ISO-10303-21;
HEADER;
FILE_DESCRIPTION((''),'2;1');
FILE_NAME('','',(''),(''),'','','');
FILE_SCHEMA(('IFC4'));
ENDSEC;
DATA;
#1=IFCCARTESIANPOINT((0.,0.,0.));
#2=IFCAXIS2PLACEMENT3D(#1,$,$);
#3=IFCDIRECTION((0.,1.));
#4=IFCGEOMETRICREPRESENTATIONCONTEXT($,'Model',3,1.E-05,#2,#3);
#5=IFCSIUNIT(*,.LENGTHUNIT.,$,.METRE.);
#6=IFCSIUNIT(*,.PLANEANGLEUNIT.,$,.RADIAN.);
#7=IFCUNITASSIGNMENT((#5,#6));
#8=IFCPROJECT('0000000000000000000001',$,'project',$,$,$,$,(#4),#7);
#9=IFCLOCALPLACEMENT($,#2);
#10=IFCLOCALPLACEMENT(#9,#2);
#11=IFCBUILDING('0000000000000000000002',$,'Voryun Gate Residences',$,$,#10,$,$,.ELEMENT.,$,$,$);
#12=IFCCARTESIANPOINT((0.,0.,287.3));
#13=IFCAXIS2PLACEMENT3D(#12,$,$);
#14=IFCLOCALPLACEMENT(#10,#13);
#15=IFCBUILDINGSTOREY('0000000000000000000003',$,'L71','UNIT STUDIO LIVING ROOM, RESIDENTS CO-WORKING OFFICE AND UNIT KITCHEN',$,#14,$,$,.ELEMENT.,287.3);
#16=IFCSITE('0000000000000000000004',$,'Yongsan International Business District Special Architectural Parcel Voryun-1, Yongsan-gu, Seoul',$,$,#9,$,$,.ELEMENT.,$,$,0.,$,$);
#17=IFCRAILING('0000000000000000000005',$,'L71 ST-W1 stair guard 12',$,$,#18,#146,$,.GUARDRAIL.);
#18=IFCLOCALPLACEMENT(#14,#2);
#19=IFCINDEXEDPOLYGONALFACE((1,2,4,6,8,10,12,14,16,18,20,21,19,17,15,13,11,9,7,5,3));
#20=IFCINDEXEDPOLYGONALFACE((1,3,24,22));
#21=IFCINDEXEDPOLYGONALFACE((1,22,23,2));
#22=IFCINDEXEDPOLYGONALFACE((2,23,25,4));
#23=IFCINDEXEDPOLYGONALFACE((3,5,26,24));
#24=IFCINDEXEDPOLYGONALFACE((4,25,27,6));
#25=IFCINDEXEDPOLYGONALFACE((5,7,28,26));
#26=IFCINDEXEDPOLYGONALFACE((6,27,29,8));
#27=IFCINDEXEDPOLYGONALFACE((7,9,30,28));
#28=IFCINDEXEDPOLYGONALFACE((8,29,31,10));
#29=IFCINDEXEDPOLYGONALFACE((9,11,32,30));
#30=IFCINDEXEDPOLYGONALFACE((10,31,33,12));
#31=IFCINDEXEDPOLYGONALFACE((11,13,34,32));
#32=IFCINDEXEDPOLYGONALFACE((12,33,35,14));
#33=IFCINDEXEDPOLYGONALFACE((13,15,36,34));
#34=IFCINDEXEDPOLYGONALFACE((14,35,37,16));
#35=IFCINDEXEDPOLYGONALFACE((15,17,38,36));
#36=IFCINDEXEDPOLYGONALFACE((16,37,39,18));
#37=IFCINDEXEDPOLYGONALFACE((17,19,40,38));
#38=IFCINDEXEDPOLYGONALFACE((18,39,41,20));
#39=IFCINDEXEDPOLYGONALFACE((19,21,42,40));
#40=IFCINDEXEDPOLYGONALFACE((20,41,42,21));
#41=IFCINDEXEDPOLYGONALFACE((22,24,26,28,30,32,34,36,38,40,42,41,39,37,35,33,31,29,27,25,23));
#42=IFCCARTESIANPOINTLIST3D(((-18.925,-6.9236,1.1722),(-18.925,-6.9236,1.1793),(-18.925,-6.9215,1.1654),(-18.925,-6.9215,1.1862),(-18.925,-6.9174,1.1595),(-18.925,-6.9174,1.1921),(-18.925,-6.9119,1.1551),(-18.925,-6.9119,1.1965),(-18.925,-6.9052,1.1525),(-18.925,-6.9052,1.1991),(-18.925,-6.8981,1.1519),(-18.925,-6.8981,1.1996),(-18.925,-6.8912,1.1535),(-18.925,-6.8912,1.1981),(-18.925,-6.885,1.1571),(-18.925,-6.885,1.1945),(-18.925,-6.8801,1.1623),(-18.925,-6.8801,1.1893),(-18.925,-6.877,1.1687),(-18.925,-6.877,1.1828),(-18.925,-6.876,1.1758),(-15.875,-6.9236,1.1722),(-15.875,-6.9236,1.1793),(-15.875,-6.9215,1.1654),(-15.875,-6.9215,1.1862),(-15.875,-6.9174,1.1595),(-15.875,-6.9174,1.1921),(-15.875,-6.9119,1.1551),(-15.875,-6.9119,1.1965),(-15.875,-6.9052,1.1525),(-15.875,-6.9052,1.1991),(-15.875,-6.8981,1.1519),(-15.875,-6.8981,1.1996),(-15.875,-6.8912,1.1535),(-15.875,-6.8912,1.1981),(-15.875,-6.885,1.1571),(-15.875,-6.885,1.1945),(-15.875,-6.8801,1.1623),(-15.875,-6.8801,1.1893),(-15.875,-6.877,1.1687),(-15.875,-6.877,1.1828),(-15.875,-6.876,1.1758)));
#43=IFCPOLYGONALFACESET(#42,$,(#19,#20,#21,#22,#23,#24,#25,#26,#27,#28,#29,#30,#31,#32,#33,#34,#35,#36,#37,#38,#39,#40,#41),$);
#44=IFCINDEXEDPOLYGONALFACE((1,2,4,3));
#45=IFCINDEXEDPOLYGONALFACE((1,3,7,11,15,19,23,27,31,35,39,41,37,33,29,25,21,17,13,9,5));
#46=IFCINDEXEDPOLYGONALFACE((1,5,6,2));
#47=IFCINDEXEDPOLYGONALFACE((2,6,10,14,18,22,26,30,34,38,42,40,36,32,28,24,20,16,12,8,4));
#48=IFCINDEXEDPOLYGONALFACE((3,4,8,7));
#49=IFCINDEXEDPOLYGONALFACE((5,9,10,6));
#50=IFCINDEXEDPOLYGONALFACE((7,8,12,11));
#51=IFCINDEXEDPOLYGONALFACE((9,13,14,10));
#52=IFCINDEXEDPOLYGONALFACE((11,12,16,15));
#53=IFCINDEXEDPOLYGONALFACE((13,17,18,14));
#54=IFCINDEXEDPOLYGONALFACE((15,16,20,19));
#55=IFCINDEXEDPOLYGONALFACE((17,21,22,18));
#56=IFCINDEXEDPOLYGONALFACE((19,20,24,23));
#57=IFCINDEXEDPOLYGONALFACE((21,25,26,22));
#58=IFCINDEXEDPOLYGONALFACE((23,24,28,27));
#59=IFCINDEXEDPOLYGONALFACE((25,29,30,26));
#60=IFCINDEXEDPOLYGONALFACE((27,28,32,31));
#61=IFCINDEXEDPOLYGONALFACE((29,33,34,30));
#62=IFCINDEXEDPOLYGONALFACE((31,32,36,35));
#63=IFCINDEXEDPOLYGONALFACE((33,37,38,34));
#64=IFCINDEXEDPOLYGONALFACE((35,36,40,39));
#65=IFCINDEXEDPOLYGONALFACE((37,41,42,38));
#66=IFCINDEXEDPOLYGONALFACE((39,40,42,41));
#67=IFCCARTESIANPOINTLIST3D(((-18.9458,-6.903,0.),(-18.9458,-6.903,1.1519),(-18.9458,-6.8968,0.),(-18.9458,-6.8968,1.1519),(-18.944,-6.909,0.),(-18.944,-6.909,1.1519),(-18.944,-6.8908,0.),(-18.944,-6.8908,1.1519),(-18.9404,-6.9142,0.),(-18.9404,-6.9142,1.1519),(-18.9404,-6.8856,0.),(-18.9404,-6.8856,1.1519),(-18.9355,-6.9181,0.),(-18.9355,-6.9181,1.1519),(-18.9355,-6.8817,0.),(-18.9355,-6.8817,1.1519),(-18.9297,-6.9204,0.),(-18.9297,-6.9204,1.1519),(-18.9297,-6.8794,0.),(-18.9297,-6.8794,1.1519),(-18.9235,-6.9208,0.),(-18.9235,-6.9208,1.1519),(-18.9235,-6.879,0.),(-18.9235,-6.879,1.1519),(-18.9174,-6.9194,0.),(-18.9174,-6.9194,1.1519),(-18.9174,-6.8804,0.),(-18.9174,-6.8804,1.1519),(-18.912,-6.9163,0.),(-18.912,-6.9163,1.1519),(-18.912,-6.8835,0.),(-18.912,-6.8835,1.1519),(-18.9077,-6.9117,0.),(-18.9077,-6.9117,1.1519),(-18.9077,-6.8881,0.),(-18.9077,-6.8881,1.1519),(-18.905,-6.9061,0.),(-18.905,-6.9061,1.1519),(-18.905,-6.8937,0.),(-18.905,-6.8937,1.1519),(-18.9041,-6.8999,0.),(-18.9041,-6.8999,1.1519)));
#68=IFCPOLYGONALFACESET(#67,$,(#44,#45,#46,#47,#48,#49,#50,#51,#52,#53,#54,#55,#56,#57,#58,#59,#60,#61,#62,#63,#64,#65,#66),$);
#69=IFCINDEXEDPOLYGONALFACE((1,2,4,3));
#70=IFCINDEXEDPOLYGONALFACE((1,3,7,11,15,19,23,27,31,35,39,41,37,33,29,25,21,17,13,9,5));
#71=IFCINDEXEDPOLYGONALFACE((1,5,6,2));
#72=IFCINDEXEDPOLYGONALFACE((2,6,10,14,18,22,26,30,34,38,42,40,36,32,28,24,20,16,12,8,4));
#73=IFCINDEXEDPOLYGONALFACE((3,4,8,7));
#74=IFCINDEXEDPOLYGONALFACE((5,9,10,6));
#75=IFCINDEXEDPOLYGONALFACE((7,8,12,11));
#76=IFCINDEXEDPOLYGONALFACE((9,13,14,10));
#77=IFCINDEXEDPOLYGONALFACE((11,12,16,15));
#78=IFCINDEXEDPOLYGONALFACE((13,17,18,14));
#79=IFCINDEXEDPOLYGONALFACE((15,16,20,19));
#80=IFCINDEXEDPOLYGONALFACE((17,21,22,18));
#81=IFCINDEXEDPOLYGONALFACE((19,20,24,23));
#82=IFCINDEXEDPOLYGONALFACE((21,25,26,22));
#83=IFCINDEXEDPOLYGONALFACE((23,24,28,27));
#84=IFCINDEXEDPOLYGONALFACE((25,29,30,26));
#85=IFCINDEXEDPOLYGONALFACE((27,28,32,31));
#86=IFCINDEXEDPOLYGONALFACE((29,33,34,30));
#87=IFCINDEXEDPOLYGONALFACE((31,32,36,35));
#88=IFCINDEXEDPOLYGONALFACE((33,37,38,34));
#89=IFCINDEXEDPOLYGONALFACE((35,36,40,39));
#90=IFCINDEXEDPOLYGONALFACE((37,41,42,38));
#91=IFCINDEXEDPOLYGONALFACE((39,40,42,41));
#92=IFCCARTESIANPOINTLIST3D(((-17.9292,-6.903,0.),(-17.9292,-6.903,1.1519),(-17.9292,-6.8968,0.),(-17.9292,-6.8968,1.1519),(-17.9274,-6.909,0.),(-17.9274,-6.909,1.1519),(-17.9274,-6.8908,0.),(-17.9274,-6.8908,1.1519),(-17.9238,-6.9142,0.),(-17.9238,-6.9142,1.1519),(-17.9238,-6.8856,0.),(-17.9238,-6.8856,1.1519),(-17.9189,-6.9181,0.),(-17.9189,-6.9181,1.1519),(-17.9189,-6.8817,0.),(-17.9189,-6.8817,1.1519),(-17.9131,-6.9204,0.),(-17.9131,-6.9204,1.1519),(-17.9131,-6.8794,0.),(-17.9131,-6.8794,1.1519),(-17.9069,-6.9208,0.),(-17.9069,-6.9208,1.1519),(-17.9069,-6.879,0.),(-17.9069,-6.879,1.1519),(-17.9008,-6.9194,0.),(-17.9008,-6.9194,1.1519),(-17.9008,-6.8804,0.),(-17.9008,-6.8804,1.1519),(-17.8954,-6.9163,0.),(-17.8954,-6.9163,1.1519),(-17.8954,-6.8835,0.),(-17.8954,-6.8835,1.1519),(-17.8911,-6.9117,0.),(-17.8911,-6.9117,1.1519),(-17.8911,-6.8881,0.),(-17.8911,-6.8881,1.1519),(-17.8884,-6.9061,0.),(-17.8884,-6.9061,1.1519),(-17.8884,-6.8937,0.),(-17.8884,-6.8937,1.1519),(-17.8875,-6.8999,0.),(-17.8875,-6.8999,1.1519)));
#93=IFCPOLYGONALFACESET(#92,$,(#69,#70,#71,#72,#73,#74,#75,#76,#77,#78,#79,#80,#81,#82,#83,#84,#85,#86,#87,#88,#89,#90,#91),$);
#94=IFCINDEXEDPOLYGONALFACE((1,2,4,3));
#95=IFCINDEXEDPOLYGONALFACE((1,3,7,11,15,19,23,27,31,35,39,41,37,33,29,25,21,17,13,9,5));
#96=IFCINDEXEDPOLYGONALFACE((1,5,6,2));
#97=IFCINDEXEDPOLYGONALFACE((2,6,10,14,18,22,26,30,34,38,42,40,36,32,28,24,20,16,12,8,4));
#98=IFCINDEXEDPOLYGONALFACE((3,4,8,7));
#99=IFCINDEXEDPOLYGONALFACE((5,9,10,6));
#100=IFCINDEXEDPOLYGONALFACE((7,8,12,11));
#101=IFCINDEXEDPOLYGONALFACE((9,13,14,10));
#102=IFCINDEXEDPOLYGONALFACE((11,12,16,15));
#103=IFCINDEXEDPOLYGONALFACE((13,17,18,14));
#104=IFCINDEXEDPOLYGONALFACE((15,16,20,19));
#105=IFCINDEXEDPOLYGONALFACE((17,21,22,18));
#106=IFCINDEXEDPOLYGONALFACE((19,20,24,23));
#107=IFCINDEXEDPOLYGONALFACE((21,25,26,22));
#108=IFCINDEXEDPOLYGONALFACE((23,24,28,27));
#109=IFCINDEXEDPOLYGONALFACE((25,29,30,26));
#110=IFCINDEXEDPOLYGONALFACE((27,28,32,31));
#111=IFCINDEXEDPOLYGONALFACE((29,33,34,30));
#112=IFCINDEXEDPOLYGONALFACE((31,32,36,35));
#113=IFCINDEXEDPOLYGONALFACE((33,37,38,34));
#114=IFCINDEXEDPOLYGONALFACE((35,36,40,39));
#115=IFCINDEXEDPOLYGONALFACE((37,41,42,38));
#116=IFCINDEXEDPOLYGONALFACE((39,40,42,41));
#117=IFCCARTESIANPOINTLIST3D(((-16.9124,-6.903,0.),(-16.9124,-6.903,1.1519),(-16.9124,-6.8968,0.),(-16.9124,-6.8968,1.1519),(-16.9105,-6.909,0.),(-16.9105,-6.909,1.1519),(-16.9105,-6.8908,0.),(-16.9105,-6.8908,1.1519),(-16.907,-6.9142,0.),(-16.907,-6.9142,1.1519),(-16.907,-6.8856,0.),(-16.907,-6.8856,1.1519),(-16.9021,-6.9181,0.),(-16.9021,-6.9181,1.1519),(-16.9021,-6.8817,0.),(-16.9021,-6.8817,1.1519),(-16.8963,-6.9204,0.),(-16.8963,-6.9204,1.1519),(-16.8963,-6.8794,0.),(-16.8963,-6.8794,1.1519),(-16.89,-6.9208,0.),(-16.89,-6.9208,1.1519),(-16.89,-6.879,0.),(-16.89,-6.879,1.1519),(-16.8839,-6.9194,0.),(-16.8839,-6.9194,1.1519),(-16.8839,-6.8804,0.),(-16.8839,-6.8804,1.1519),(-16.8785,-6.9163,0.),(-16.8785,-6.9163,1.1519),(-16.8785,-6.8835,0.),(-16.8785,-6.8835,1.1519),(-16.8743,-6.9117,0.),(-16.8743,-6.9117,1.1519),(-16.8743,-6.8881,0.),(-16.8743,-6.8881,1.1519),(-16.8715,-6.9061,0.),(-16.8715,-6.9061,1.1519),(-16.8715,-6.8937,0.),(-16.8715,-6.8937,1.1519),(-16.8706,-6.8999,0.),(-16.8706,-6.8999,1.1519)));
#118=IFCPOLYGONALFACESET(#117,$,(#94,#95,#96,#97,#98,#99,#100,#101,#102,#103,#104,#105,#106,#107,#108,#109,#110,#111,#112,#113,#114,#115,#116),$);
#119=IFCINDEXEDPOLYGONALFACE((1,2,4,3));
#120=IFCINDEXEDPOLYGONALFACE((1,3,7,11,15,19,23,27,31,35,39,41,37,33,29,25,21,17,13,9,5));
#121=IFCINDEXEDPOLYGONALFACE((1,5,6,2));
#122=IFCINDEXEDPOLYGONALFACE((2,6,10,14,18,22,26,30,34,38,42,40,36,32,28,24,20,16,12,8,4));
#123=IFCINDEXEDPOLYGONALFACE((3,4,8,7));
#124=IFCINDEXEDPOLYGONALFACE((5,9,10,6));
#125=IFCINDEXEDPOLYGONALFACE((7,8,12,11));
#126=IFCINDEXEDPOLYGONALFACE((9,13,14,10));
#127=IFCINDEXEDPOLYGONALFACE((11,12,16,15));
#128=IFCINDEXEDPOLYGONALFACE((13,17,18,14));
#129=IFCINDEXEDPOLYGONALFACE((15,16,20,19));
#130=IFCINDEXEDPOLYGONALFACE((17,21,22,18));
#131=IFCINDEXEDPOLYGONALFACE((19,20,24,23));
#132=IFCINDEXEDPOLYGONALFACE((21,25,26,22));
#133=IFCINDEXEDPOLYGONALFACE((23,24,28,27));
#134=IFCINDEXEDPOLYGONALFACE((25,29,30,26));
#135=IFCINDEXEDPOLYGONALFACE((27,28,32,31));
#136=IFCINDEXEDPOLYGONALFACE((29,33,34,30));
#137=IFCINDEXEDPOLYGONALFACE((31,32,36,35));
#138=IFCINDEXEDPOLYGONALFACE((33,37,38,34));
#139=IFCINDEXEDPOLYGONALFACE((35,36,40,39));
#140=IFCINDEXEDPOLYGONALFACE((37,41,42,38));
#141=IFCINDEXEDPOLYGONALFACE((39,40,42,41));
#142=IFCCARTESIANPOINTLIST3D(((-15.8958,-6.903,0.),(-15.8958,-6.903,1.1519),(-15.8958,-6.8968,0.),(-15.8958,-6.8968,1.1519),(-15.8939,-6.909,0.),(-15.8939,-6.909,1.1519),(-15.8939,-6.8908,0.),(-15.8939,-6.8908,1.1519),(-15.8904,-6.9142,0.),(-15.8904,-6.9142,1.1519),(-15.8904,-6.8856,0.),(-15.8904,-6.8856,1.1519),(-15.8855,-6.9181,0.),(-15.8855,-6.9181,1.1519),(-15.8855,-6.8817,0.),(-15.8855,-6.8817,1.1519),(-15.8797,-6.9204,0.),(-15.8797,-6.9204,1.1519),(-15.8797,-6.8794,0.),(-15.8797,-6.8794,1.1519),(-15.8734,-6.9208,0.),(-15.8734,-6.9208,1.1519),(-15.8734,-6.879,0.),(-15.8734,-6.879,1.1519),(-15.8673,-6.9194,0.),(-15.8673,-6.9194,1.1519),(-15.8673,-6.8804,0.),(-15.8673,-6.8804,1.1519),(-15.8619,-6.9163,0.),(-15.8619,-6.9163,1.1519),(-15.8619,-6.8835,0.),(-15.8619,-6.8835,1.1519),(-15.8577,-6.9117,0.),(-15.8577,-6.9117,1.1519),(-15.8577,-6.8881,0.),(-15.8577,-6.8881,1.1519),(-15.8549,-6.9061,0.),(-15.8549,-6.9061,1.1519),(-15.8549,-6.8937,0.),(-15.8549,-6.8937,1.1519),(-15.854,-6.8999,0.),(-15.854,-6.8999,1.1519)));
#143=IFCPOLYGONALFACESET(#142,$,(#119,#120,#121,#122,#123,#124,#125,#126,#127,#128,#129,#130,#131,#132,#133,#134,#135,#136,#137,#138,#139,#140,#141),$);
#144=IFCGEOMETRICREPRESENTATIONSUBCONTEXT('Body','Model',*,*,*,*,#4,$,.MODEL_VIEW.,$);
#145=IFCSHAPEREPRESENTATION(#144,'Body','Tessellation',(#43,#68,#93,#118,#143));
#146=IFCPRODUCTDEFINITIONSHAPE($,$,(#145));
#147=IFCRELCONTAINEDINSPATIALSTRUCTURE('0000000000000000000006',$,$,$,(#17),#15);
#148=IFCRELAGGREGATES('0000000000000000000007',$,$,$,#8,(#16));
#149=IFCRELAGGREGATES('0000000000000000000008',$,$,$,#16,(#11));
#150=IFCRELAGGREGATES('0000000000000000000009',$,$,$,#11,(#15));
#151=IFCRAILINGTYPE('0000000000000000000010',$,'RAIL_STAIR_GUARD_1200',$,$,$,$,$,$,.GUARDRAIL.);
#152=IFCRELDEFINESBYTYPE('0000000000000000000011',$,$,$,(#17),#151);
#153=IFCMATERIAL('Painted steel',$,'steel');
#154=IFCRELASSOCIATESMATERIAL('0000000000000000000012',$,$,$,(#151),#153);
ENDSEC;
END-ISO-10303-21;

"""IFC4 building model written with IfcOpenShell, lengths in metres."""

from ifc_helpers import new_model, si_unit, direction, frame, origin, origin_2d, place, context, subcontext, project, spatial, circle, extrude, material, type_object, element, save


model = new_model("IFC4")

# Units and contexts
model_context = context("Model", 3, precision=1e-05, world=origin(), true_north=direction((0.0, 1.0)))
body_context = subcontext(model_context, "Body", "Model", "MODEL_VIEW")
ifc_project = project(units=[si_unit("LENGTHUNIT", "METRE"), si_unit("PLANEANGLEUNIT", "RADIAN")], contexts=[model_context])

# Site, building, storey
site_placement = place(None, origin())
site = spatial("IfcSite", under=ifc_project, at=site_placement, Name="Yongsan International Business District Special Architectural Parcel Voryun-1, Yongsan-gu, Seoul", CompositionType="ELEMENT", RefElevation=0.0)
building_placement = place(site_placement, origin())
building = spatial("IfcBuilding", under=site, at=building_placement, Name="Voryun Gate Residences", CompositionType="ELEMENT")
storey_placement = place(building_placement, frame((0.0, 0.0, 287.3)))
storey = spatial("IfcBuildingStorey", under=building, at=storey_placement, Name="L71", Description="UNIT STUDIO LIVING ROOM, RESIDENTS CO-WORKING OFFICE AND UNIT KITCHEN", CompositionType="ELEMENT", Elevation=287.3)

# Railing
ifc_material_1 = material(Name="Painted steel", Category="steel")
railing_type_1 = type_object("IfcRailingType", Name="RAIL_STAIR_GUARD_1200", PredefinedType="GUARDRAIL", material=ifc_material_1)
railing_1_placement = place(storey_placement, frame((-18.925, -6.8999, 0.0)))
element("IfcRailing", 1, at=railing_1_placement, inside=storey, type_object=railing_type_1, Name="L71 ST-W1 stair guard 12", PredefinedType="GUARDRAIL", context=body_context, shape_type="SweptSolid", body=[
    extrude(circle(Radius=0.0239, at=origin_2d()), frame((0.0, 0.0, 1.1758), z_axis=(1.0, 0.0, 0.0), x_axis=(0.0, 1.0, 0.0)), (0.0, 0.0, 1.0), 3.05),
    extrude(circle(Radius=0.021, at=origin_2d()), origin(), (0.0, 0.0, 1.0), 1.1519),
    extrude(circle(Radius=0.021, at=origin_2d()), frame((1.0166, 0.0, 0.0)), (0.0, 0.0, 1.0), 1.1519),
    extrude(circle(Radius=0.021, at=origin_2d()), frame((2.0334, 0.0, 0.0)), (0.0, 0.0, 1.0), 1.1519),
    extrude(circle(Radius=0.021, at=origin_2d()), frame((3.05, 0.0, 0.0)), (0.0, 0.0, 1.0), 1.1519),
])

save(model, "model.ifc")
